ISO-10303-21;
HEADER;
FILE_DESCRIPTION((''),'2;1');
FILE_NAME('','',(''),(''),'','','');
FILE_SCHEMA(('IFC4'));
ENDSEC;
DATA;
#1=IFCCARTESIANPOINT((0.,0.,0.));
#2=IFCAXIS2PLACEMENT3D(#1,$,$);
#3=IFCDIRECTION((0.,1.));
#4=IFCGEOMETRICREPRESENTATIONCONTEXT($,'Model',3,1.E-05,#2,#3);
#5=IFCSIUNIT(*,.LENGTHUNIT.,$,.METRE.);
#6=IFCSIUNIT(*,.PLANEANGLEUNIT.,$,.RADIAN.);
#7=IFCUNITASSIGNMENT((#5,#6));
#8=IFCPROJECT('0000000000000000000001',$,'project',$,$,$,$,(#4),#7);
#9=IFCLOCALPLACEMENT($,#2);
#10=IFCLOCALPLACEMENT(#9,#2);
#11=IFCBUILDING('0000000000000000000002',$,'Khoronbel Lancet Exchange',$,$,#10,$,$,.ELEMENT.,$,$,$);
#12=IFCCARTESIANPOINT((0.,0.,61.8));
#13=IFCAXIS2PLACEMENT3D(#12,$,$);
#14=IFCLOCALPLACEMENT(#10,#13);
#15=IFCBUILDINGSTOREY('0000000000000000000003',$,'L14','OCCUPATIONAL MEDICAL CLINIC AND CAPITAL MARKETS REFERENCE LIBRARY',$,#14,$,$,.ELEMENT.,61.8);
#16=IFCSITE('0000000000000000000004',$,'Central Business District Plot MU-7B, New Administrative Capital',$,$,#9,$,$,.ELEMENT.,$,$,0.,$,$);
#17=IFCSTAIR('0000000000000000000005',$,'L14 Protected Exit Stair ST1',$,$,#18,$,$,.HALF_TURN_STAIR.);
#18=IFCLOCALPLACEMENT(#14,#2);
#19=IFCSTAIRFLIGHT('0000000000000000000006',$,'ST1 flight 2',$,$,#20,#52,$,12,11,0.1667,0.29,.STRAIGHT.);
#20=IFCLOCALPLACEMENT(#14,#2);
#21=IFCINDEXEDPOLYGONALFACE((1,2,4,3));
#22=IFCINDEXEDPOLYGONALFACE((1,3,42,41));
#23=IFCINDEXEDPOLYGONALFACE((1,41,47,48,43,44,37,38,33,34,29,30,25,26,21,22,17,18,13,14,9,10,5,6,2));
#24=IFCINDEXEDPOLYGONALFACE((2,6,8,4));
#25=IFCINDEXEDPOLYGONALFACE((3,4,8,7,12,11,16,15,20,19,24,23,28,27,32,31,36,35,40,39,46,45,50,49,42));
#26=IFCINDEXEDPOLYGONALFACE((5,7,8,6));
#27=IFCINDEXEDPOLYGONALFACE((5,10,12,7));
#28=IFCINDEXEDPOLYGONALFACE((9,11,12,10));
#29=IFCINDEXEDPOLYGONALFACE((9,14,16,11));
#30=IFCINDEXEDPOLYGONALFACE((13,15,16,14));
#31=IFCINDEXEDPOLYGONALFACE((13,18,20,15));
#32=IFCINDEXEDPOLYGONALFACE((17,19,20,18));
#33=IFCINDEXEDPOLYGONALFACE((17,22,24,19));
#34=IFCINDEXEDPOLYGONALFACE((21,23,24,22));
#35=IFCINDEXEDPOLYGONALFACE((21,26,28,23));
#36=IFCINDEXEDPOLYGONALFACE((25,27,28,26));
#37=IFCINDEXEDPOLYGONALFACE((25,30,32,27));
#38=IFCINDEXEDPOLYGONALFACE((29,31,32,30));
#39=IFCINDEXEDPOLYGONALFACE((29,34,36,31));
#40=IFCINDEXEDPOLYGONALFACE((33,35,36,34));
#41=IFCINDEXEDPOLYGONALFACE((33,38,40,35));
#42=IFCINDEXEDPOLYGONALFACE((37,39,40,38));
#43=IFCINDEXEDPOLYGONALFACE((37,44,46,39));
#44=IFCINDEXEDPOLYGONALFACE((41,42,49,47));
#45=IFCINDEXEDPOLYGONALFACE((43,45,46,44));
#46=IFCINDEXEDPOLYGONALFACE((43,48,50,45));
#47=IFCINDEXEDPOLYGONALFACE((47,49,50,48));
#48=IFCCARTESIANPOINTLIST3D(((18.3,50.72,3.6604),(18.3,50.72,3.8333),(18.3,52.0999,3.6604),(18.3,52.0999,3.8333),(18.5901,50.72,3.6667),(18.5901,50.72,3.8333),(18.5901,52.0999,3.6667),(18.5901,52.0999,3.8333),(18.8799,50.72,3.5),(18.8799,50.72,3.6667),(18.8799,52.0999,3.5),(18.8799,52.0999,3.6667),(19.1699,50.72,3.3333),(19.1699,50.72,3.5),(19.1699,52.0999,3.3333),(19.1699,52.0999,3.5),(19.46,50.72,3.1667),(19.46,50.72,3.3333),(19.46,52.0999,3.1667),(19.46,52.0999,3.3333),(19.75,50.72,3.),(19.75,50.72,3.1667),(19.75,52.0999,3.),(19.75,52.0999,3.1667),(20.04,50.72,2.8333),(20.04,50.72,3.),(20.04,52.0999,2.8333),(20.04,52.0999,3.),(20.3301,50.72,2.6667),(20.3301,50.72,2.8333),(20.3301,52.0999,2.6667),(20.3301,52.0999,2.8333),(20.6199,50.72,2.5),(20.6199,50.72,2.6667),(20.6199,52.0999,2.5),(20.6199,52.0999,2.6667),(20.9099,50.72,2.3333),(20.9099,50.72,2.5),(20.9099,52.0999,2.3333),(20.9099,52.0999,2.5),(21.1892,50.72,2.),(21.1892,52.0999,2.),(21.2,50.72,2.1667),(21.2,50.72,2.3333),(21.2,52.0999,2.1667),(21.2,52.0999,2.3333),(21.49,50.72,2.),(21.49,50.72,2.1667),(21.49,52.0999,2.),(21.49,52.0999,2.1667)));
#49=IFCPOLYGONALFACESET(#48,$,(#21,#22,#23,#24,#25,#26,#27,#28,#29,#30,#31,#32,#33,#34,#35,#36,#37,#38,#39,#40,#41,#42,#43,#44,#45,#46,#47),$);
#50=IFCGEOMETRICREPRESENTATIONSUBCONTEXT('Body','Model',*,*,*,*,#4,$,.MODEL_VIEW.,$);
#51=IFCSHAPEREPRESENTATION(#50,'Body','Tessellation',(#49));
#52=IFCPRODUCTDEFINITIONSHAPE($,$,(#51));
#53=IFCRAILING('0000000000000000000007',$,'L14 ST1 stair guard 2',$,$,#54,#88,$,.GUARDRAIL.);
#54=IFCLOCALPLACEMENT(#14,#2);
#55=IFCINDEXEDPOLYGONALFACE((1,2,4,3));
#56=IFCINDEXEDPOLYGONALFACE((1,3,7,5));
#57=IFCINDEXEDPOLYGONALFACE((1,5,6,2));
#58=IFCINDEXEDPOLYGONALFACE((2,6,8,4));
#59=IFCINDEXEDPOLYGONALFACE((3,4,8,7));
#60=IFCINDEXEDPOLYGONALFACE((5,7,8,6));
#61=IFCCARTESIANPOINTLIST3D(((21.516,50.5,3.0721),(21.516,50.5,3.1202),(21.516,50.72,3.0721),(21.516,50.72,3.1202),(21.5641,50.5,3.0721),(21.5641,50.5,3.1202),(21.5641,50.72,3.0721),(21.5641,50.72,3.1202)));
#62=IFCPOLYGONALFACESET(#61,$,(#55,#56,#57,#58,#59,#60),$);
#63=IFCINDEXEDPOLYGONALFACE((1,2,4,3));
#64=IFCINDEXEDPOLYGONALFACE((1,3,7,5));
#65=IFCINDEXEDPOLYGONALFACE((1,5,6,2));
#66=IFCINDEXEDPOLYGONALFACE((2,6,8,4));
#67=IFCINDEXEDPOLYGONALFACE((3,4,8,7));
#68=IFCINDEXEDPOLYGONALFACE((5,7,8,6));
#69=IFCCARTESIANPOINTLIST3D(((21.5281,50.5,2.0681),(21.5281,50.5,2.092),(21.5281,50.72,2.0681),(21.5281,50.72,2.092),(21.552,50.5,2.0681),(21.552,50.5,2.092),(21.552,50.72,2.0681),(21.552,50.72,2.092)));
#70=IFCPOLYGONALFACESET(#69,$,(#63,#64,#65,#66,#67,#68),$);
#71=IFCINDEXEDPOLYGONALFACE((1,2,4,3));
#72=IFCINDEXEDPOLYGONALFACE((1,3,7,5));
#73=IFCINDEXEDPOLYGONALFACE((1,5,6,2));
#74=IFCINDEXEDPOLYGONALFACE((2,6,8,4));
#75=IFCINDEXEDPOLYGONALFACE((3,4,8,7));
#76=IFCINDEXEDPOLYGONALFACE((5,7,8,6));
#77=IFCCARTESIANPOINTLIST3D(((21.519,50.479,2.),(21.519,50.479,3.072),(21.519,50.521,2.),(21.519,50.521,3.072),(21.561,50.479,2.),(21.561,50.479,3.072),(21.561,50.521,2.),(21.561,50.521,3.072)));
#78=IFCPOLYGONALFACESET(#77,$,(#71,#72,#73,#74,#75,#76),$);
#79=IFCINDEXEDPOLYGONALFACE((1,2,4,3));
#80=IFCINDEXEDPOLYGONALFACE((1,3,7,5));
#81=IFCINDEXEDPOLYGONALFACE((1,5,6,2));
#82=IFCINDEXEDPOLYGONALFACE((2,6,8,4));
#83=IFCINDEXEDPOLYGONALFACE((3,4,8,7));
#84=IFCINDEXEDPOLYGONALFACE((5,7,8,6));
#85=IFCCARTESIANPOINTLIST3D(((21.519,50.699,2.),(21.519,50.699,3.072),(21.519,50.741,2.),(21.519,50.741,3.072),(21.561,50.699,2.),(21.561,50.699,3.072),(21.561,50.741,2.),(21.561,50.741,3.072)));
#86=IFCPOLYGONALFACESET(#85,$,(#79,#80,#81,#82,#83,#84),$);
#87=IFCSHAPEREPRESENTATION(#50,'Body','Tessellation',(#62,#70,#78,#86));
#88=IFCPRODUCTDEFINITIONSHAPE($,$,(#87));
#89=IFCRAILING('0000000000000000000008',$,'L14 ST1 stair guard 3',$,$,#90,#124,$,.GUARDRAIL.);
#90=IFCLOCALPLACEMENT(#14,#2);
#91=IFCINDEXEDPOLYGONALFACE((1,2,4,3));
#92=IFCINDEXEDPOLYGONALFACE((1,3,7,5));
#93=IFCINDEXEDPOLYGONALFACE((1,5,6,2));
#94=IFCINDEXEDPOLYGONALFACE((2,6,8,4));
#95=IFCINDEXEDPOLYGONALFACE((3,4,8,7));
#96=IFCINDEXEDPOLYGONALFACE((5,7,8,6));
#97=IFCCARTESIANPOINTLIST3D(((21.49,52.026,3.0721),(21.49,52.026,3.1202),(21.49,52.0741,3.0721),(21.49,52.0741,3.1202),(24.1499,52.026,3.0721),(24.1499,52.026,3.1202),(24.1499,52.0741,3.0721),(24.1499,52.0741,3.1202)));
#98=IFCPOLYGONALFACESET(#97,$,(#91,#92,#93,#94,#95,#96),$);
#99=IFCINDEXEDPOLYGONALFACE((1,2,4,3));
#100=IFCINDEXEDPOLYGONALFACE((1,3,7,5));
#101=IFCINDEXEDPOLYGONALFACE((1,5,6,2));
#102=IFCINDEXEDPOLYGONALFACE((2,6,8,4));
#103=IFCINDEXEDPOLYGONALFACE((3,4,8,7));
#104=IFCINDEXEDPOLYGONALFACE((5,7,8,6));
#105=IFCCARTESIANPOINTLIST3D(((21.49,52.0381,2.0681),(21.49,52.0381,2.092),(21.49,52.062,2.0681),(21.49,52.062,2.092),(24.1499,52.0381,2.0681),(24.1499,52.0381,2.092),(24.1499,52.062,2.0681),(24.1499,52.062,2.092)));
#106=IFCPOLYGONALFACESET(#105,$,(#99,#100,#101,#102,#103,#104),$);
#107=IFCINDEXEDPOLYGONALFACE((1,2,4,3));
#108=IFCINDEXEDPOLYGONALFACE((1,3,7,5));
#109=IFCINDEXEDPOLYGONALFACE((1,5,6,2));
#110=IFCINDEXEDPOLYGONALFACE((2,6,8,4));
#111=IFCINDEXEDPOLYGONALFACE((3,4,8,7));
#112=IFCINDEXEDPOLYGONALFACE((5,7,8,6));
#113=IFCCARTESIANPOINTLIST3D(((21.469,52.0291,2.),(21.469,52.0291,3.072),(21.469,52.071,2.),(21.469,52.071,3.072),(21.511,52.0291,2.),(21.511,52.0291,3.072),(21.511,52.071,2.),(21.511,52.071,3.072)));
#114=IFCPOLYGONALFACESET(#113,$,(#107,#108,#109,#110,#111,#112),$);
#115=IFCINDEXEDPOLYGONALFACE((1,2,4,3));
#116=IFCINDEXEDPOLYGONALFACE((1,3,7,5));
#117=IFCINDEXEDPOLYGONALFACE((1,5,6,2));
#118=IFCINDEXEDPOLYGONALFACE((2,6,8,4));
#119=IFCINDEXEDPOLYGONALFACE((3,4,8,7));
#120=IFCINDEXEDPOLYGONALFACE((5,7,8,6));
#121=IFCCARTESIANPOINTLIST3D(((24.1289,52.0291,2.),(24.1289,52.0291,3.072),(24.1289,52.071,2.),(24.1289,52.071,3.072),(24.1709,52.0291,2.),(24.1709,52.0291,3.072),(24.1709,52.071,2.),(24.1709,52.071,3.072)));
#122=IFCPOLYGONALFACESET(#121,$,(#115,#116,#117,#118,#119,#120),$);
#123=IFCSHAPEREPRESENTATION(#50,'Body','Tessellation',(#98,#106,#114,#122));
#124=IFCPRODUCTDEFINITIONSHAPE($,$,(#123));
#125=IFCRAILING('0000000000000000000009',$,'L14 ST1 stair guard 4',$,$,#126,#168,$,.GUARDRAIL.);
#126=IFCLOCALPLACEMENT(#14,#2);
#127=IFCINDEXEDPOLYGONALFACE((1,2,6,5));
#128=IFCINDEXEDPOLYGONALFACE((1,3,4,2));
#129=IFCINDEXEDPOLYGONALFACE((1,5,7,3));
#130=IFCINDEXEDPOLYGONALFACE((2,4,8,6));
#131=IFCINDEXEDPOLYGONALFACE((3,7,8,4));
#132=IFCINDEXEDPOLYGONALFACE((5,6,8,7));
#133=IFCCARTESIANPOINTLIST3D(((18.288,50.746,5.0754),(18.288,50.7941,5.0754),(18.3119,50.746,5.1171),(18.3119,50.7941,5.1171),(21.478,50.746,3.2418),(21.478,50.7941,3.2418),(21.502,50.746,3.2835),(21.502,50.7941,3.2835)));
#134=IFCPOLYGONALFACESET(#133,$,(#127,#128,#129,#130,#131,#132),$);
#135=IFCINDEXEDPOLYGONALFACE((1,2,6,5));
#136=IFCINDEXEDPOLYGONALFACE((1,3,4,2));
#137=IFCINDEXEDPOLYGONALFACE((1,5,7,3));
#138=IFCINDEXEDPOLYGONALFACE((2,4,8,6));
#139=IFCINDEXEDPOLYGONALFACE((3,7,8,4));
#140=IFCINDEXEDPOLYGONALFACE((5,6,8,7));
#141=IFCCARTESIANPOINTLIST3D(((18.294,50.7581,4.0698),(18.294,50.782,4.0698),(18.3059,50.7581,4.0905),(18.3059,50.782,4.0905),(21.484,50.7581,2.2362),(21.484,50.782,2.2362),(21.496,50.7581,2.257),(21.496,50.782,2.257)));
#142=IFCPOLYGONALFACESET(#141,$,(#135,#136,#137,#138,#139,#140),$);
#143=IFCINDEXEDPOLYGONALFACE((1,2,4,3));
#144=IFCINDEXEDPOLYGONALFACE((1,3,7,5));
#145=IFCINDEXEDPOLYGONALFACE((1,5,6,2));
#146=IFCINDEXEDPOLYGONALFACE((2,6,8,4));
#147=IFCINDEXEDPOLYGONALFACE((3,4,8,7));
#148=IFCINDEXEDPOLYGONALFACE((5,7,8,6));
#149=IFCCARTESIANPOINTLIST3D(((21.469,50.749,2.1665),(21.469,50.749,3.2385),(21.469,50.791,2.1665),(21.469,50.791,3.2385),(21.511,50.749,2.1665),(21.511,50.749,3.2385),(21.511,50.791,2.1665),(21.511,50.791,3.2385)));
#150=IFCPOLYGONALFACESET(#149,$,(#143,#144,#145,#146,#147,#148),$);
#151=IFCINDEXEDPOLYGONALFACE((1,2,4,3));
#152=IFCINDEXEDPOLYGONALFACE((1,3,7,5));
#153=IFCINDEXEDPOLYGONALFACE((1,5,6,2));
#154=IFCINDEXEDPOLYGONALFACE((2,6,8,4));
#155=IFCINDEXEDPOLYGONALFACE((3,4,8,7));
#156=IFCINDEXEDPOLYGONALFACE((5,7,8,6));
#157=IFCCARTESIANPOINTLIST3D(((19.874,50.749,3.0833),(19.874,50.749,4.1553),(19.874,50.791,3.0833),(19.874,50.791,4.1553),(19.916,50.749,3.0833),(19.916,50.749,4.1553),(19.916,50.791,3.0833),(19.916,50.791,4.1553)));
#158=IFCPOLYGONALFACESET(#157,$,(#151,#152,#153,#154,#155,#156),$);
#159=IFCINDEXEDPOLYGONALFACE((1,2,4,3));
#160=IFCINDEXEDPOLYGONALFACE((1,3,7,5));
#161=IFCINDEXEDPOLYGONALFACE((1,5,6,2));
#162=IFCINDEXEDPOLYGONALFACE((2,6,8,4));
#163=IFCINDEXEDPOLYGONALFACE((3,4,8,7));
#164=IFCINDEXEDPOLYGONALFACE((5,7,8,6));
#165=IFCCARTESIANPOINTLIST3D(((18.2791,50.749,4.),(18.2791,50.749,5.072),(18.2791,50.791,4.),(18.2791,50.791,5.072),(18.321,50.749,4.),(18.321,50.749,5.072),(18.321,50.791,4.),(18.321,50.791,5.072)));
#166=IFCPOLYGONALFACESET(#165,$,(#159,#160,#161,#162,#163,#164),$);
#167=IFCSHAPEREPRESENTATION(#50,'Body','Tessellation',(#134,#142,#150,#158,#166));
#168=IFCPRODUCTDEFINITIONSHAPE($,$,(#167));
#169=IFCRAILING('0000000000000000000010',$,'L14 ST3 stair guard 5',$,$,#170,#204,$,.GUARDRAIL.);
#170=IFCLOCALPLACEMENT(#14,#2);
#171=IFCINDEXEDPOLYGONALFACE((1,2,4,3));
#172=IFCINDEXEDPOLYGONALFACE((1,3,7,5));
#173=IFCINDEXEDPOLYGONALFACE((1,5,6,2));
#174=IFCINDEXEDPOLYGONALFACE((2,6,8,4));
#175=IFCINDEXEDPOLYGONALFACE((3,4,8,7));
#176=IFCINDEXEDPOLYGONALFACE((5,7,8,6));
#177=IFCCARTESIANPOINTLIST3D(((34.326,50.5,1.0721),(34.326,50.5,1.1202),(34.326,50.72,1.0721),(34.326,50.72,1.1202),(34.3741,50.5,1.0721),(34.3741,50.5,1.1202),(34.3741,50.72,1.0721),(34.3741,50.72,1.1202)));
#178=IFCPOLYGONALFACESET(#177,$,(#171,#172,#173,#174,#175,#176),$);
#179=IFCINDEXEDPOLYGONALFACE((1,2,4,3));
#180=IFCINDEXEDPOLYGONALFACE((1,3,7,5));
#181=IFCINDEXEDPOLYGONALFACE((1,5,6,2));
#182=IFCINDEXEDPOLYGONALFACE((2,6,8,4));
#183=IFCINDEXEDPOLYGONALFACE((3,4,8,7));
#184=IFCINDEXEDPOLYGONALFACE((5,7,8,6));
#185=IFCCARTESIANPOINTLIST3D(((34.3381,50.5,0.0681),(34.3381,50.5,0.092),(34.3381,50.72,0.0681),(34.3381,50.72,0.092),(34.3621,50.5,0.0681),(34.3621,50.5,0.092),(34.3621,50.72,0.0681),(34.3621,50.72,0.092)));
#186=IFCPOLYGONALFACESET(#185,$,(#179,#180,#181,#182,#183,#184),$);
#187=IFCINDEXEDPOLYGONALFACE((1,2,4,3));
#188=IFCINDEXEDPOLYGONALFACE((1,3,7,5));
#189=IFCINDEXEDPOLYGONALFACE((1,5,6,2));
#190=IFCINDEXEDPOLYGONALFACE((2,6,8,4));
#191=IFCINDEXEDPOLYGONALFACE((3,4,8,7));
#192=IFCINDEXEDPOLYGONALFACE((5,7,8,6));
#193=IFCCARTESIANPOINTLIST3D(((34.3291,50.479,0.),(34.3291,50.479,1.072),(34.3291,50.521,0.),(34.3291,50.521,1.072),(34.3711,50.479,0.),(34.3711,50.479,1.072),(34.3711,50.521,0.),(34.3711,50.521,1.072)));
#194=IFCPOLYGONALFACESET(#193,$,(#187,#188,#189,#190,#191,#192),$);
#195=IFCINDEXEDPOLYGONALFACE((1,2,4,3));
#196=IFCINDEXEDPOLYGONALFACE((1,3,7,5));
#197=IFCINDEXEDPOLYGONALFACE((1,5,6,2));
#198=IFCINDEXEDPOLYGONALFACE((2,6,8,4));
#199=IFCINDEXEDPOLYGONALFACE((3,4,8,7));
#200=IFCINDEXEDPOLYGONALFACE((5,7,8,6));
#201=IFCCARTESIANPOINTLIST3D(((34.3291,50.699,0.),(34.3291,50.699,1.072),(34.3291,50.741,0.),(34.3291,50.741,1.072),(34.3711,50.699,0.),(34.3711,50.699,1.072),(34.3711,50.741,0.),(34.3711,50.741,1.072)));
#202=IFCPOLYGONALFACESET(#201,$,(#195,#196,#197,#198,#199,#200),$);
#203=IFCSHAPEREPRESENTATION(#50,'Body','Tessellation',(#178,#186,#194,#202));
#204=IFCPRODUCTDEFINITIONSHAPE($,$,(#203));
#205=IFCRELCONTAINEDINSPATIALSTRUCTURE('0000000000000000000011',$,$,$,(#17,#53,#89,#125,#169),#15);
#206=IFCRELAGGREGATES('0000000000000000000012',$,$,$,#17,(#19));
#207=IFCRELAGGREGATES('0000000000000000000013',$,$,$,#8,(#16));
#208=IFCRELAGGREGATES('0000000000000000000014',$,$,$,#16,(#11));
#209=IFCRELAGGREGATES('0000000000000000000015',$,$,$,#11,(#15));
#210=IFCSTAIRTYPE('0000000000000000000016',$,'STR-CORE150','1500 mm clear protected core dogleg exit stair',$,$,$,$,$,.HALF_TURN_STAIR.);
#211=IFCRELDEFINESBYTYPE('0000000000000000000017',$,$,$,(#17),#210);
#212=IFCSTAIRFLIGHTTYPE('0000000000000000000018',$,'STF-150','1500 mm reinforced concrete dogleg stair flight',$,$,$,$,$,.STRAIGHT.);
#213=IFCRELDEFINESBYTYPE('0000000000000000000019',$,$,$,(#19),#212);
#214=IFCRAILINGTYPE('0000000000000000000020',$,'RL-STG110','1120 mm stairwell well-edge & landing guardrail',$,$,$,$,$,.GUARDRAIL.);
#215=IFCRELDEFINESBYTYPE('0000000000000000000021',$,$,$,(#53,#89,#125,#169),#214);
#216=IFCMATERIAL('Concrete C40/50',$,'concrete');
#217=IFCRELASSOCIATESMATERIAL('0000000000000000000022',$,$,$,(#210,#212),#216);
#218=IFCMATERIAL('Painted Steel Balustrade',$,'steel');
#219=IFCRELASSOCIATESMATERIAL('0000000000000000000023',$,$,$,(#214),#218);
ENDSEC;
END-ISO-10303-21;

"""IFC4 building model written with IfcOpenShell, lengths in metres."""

from ifc_helpers import new_model, si_unit, direction, frame, origin, origin_2d, place, context, subcontext, project, spatial, polyline, rectangle, outline, extrude, material, type_object, element, aggregate, save


model = new_model("IFC4")

# Units and contexts
model_context = context("Model", 3, precision=1e-05, world=origin(), true_north=direction((0.0, 1.0)))
body_context = subcontext(model_context, "Body", "Model", "MODEL_VIEW")
ifc_project = project(units=[si_unit("LENGTHUNIT", "METRE"), si_unit("PLANEANGLEUNIT", "RADIAN")], contexts=[model_context])

# Site, building, storey
site_placement = place(None, origin())
site = spatial("IfcSite", under=ifc_project, at=site_placement, Name="Central Business District Plot MU-7B, New Administrative Capital", CompositionType="ELEMENT", RefElevation=0.0)
building_placement = place(site_placement, origin())
building = spatial("IfcBuilding", under=site, at=building_placement, Name="Khoronbel Lancet Exchange", CompositionType="ELEMENT")
storey_placement = place(building_placement, frame((0.0, 0.0, 61.8)))
storey = spatial("IfcBuildingStorey", under=building, at=storey_placement, Name="L14", Description="OCCUPATIONAL MEDICAL CLINIC AND CAPITAL MARKETS REFERENCE LIBRARY", CompositionType="ELEMENT", Elevation=61.8)

# Stair, stair flight
ifc_material_1 = material(Name="Concrete C40/50", Category="concrete")
stair_type = type_object("IfcStairType", Name="STR-CORE150", Description="1500 mm clear protected core dogleg exit stair", PredefinedType="HALF_TURN_STAIR", material=ifc_material_1)
stair_placement = place(storey_placement, origin())
stair = element("IfcStair", 1, at=stair_placement, inside=storey, type_object=stair_type, Name="L14 Protected Exit Stair ST1", PredefinedType="HALF_TURN_STAIR")
stair_flight_type = type_object("IfcStairFlightType", Name="STF-150", Description="1500 mm reinforced concrete dogleg stair flight", PredefinedType="STRAIGHT", material=ifc_material_1)
stair_flight_placement = place(storey_placement, frame((21.49, 51.4099, 2.0), z_axis=(0.0, 0.0, 1.0), x_axis=(-1.0, 0.0, 0.0)))
stair_flight = element("IfcStairFlight", 2, at=stair_flight_placement, type_object=stair_flight_type, Name="ST1 flight 2", NumberOfRisers=12, NumberOfTreads=11, PredefinedType="STRAIGHT", RiserHeight=0.1667, TreadLength=0.29, context=body_context, shape_type="SweptSolid", body=[
    extrude(outline(polyline([(0.0, 0.0), (0.0, 0.1667), (0.29, 0.1667), (0.29, 0.3333), (0.5801, 0.3333), (0.5801, 0.5), (0.8701, 0.5), (0.8701, 0.6667), (1.1599, 0.6667), (1.1599, 0.8333), (1.45, 0.8333), (1.45, 1.0), (1.74, 1.0), (1.74, 1.1667), (2.03, 1.1667), (2.03, 1.3333), (2.3201, 1.3333), (2.3201, 1.5), (2.6101, 1.5), (2.6101, 1.6667), (2.8999, 1.6667), (2.8999, 1.8333), (3.1899, 1.8333), (3.1899, 2.0), (3.1899, 1.6604), (0.3008, 0.0), (0.0, 0.0)])), frame((0.0, 0.6899, 0.0), z_axis=(0.0, -1.0, 0.0), x_axis=(1.0, 0.0, 0.0)), (0.0, 0.0, 1.0), 1.3799),
])
aggregate(stair, [stair_flight])

# Railings
ifc_material_2 = material(Name="Painted Steel Balustrade", Category="steel")
railing_type_1 = type_object("IfcRailingType", Name="RL-STG110", Description="1120 mm stairwell well-edge & landing guardrail", PredefinedType="GUARDRAIL", material=ifc_material_2)
railing_1_placement = place(storey_placement, frame((21.54, 50.5, 2.0)))
element("IfcRailing", 3, at=railing_1_placement, inside=storey, type_object=railing_type_1, Name="L14 ST1 stair guard 2", PredefinedType="GUARDRAIL", context=body_context, shape_type="SweptSolid", body=[
    extrude(rectangle(XDim=0.0481, YDim=0.0481, at=origin_2d()), frame((0.0, 0.0, 1.0962), z_axis=(0.0, 1.0, 0.0), x_axis=(-1.0, 0.0, 0.0)), (0.0, 0.0, 1.0), 0.22),
    extrude(rectangle(XDim=0.0239, YDim=0.0239, at=origin_2d()), frame((0.0, 0.0, 0.0801), z_axis=(0.0, 1.0, 0.0), x_axis=(-1.0, 0.0, 0.0)), (0.0, 0.0, 1.0), 0.22),
    extrude(rectangle(XDim=0.042, YDim=0.042, at=origin_2d()), origin(), (0.0, 0.0, 1.0), 1.072),
    extrude(rectangle(XDim=0.042, YDim=0.042, at=origin_2d()), frame((0.0, 0.22, 0.0)), (0.0, 0.0, 1.0), 1.072),
])
railing_2_placement = place(storey_placement, frame((21.49, 52.05, 2.0)))
element("IfcRailing", 4, at=railing_2_placement, inside=storey, type_object=railing_type_1, Name="L14 ST1 stair guard 3", PredefinedType="GUARDRAIL", context=body_context, shape_type="SweptSolid", body=[
    extrude(rectangle(XDim=0.0481, YDim=0.0481, at=origin_2d()), frame((0.0, 0.0, 1.0962), z_axis=(1.0, 0.0, 0.0), x_axis=(0.0, 1.0, 0.0)), (0.0, 0.0, 1.0), 2.6599),
    extrude(rectangle(XDim=0.0239, YDim=0.0239, at=origin_2d()), frame((0.0, 0.0, 0.0801), z_axis=(1.0, 0.0, 0.0), x_axis=(0.0, 1.0, 0.0)), (0.0, 0.0, 1.0), 2.6599),
    extrude(rectangle(XDim=0.042, YDim=0.042, at=origin_2d()), origin(), (0.0, 0.0, 1.0), 1.072),
    extrude(rectangle(XDim=0.042, YDim=0.042, at=origin_2d()), frame((2.6599, 0.0, 0.0)), (0.0, 0.0, 1.0), 1.072),
])
railing_3_placement = place(storey_placement, frame((21.49, 50.77, 2.1665)))
element("IfcRailing", 5, at=railing_3_placement, inside=storey, type_object=railing_type_1, Name="L14 ST1 stair guard 4", PredefinedType="GUARDRAIL", context=body_context, shape_type="SweptSolid", body=[
    extrude(rectangle(XDim=0.0481, YDim=0.0481, at=origin_2d()), frame((0.0, 0.0, 1.0962), z_axis=(-0.866991, 0.0, 0.498324), x_axis=(0.0, -1.0, 0.0)), (0.0, 0.0, 1.0), 3.6794),
    extrude(rectangle(XDim=0.0239, YDim=0.0239, at=origin_2d()), frame((0.0, 0.0, 0.0801), z_axis=(-0.866991, 0.0, 0.498324), x_axis=(0.0, -1.0, 0.0)), (0.0, 0.0, 1.0), 3.6794),
    extrude(rectangle(XDim=0.042, YDim=0.042, at=origin_2d()), origin(), (0.0, 0.0, 1.0), 1.072),
    extrude(rectangle(XDim=0.042, YDim=0.042, at=origin_2d()), frame((-1.595, 0.0, 0.9167)), (0.0, 0.0, 1.0), 1.072),
    extrude(rectangle(XDim=0.042, YDim=0.042, at=origin_2d()), frame((-3.1899, 0.0, 1.8335)), (0.0, 0.0, 1.0), 1.072),
])
railing_4_placement = place(storey_placement, frame((34.3501, 50.5, 0.0)))
element("IfcRailing", 6, at=railing_4_placement, inside=storey, type_object=railing_type_1, Name="L14 ST3 stair guard 5", PredefinedType="GUARDRAIL", context=body_context, shape_type="SweptSolid", body=[
    extrude(rectangle(XDim=0.0481, YDim=0.0481, at=origin_2d()), frame((0.0, 0.0, 1.0962), z_axis=(0.0, 1.0, 0.0), x_axis=(-1.0, 0.0, 0.0)), (0.0, 0.0, 1.0), 0.22),
    extrude(rectangle(XDim=0.0239, YDim=0.0239, at=origin_2d()), frame((0.0, 0.0, 0.0801), z_axis=(0.0, 1.0, 0.0), x_axis=(-1.0, 0.0, 0.0)), (0.0, 0.0, 1.0), 0.22),
    extrude(rectangle(XDim=0.042, YDim=0.042, at=origin_2d()), origin(), (0.0, 0.0, 1.0), 1.072),
    extrude(rectangle(XDim=0.042, YDim=0.042, at=origin_2d()), frame((0.0, 0.22, 0.0)), (0.0, 0.0, 1.0), 1.072),
])

save(model, "model.ifc")
